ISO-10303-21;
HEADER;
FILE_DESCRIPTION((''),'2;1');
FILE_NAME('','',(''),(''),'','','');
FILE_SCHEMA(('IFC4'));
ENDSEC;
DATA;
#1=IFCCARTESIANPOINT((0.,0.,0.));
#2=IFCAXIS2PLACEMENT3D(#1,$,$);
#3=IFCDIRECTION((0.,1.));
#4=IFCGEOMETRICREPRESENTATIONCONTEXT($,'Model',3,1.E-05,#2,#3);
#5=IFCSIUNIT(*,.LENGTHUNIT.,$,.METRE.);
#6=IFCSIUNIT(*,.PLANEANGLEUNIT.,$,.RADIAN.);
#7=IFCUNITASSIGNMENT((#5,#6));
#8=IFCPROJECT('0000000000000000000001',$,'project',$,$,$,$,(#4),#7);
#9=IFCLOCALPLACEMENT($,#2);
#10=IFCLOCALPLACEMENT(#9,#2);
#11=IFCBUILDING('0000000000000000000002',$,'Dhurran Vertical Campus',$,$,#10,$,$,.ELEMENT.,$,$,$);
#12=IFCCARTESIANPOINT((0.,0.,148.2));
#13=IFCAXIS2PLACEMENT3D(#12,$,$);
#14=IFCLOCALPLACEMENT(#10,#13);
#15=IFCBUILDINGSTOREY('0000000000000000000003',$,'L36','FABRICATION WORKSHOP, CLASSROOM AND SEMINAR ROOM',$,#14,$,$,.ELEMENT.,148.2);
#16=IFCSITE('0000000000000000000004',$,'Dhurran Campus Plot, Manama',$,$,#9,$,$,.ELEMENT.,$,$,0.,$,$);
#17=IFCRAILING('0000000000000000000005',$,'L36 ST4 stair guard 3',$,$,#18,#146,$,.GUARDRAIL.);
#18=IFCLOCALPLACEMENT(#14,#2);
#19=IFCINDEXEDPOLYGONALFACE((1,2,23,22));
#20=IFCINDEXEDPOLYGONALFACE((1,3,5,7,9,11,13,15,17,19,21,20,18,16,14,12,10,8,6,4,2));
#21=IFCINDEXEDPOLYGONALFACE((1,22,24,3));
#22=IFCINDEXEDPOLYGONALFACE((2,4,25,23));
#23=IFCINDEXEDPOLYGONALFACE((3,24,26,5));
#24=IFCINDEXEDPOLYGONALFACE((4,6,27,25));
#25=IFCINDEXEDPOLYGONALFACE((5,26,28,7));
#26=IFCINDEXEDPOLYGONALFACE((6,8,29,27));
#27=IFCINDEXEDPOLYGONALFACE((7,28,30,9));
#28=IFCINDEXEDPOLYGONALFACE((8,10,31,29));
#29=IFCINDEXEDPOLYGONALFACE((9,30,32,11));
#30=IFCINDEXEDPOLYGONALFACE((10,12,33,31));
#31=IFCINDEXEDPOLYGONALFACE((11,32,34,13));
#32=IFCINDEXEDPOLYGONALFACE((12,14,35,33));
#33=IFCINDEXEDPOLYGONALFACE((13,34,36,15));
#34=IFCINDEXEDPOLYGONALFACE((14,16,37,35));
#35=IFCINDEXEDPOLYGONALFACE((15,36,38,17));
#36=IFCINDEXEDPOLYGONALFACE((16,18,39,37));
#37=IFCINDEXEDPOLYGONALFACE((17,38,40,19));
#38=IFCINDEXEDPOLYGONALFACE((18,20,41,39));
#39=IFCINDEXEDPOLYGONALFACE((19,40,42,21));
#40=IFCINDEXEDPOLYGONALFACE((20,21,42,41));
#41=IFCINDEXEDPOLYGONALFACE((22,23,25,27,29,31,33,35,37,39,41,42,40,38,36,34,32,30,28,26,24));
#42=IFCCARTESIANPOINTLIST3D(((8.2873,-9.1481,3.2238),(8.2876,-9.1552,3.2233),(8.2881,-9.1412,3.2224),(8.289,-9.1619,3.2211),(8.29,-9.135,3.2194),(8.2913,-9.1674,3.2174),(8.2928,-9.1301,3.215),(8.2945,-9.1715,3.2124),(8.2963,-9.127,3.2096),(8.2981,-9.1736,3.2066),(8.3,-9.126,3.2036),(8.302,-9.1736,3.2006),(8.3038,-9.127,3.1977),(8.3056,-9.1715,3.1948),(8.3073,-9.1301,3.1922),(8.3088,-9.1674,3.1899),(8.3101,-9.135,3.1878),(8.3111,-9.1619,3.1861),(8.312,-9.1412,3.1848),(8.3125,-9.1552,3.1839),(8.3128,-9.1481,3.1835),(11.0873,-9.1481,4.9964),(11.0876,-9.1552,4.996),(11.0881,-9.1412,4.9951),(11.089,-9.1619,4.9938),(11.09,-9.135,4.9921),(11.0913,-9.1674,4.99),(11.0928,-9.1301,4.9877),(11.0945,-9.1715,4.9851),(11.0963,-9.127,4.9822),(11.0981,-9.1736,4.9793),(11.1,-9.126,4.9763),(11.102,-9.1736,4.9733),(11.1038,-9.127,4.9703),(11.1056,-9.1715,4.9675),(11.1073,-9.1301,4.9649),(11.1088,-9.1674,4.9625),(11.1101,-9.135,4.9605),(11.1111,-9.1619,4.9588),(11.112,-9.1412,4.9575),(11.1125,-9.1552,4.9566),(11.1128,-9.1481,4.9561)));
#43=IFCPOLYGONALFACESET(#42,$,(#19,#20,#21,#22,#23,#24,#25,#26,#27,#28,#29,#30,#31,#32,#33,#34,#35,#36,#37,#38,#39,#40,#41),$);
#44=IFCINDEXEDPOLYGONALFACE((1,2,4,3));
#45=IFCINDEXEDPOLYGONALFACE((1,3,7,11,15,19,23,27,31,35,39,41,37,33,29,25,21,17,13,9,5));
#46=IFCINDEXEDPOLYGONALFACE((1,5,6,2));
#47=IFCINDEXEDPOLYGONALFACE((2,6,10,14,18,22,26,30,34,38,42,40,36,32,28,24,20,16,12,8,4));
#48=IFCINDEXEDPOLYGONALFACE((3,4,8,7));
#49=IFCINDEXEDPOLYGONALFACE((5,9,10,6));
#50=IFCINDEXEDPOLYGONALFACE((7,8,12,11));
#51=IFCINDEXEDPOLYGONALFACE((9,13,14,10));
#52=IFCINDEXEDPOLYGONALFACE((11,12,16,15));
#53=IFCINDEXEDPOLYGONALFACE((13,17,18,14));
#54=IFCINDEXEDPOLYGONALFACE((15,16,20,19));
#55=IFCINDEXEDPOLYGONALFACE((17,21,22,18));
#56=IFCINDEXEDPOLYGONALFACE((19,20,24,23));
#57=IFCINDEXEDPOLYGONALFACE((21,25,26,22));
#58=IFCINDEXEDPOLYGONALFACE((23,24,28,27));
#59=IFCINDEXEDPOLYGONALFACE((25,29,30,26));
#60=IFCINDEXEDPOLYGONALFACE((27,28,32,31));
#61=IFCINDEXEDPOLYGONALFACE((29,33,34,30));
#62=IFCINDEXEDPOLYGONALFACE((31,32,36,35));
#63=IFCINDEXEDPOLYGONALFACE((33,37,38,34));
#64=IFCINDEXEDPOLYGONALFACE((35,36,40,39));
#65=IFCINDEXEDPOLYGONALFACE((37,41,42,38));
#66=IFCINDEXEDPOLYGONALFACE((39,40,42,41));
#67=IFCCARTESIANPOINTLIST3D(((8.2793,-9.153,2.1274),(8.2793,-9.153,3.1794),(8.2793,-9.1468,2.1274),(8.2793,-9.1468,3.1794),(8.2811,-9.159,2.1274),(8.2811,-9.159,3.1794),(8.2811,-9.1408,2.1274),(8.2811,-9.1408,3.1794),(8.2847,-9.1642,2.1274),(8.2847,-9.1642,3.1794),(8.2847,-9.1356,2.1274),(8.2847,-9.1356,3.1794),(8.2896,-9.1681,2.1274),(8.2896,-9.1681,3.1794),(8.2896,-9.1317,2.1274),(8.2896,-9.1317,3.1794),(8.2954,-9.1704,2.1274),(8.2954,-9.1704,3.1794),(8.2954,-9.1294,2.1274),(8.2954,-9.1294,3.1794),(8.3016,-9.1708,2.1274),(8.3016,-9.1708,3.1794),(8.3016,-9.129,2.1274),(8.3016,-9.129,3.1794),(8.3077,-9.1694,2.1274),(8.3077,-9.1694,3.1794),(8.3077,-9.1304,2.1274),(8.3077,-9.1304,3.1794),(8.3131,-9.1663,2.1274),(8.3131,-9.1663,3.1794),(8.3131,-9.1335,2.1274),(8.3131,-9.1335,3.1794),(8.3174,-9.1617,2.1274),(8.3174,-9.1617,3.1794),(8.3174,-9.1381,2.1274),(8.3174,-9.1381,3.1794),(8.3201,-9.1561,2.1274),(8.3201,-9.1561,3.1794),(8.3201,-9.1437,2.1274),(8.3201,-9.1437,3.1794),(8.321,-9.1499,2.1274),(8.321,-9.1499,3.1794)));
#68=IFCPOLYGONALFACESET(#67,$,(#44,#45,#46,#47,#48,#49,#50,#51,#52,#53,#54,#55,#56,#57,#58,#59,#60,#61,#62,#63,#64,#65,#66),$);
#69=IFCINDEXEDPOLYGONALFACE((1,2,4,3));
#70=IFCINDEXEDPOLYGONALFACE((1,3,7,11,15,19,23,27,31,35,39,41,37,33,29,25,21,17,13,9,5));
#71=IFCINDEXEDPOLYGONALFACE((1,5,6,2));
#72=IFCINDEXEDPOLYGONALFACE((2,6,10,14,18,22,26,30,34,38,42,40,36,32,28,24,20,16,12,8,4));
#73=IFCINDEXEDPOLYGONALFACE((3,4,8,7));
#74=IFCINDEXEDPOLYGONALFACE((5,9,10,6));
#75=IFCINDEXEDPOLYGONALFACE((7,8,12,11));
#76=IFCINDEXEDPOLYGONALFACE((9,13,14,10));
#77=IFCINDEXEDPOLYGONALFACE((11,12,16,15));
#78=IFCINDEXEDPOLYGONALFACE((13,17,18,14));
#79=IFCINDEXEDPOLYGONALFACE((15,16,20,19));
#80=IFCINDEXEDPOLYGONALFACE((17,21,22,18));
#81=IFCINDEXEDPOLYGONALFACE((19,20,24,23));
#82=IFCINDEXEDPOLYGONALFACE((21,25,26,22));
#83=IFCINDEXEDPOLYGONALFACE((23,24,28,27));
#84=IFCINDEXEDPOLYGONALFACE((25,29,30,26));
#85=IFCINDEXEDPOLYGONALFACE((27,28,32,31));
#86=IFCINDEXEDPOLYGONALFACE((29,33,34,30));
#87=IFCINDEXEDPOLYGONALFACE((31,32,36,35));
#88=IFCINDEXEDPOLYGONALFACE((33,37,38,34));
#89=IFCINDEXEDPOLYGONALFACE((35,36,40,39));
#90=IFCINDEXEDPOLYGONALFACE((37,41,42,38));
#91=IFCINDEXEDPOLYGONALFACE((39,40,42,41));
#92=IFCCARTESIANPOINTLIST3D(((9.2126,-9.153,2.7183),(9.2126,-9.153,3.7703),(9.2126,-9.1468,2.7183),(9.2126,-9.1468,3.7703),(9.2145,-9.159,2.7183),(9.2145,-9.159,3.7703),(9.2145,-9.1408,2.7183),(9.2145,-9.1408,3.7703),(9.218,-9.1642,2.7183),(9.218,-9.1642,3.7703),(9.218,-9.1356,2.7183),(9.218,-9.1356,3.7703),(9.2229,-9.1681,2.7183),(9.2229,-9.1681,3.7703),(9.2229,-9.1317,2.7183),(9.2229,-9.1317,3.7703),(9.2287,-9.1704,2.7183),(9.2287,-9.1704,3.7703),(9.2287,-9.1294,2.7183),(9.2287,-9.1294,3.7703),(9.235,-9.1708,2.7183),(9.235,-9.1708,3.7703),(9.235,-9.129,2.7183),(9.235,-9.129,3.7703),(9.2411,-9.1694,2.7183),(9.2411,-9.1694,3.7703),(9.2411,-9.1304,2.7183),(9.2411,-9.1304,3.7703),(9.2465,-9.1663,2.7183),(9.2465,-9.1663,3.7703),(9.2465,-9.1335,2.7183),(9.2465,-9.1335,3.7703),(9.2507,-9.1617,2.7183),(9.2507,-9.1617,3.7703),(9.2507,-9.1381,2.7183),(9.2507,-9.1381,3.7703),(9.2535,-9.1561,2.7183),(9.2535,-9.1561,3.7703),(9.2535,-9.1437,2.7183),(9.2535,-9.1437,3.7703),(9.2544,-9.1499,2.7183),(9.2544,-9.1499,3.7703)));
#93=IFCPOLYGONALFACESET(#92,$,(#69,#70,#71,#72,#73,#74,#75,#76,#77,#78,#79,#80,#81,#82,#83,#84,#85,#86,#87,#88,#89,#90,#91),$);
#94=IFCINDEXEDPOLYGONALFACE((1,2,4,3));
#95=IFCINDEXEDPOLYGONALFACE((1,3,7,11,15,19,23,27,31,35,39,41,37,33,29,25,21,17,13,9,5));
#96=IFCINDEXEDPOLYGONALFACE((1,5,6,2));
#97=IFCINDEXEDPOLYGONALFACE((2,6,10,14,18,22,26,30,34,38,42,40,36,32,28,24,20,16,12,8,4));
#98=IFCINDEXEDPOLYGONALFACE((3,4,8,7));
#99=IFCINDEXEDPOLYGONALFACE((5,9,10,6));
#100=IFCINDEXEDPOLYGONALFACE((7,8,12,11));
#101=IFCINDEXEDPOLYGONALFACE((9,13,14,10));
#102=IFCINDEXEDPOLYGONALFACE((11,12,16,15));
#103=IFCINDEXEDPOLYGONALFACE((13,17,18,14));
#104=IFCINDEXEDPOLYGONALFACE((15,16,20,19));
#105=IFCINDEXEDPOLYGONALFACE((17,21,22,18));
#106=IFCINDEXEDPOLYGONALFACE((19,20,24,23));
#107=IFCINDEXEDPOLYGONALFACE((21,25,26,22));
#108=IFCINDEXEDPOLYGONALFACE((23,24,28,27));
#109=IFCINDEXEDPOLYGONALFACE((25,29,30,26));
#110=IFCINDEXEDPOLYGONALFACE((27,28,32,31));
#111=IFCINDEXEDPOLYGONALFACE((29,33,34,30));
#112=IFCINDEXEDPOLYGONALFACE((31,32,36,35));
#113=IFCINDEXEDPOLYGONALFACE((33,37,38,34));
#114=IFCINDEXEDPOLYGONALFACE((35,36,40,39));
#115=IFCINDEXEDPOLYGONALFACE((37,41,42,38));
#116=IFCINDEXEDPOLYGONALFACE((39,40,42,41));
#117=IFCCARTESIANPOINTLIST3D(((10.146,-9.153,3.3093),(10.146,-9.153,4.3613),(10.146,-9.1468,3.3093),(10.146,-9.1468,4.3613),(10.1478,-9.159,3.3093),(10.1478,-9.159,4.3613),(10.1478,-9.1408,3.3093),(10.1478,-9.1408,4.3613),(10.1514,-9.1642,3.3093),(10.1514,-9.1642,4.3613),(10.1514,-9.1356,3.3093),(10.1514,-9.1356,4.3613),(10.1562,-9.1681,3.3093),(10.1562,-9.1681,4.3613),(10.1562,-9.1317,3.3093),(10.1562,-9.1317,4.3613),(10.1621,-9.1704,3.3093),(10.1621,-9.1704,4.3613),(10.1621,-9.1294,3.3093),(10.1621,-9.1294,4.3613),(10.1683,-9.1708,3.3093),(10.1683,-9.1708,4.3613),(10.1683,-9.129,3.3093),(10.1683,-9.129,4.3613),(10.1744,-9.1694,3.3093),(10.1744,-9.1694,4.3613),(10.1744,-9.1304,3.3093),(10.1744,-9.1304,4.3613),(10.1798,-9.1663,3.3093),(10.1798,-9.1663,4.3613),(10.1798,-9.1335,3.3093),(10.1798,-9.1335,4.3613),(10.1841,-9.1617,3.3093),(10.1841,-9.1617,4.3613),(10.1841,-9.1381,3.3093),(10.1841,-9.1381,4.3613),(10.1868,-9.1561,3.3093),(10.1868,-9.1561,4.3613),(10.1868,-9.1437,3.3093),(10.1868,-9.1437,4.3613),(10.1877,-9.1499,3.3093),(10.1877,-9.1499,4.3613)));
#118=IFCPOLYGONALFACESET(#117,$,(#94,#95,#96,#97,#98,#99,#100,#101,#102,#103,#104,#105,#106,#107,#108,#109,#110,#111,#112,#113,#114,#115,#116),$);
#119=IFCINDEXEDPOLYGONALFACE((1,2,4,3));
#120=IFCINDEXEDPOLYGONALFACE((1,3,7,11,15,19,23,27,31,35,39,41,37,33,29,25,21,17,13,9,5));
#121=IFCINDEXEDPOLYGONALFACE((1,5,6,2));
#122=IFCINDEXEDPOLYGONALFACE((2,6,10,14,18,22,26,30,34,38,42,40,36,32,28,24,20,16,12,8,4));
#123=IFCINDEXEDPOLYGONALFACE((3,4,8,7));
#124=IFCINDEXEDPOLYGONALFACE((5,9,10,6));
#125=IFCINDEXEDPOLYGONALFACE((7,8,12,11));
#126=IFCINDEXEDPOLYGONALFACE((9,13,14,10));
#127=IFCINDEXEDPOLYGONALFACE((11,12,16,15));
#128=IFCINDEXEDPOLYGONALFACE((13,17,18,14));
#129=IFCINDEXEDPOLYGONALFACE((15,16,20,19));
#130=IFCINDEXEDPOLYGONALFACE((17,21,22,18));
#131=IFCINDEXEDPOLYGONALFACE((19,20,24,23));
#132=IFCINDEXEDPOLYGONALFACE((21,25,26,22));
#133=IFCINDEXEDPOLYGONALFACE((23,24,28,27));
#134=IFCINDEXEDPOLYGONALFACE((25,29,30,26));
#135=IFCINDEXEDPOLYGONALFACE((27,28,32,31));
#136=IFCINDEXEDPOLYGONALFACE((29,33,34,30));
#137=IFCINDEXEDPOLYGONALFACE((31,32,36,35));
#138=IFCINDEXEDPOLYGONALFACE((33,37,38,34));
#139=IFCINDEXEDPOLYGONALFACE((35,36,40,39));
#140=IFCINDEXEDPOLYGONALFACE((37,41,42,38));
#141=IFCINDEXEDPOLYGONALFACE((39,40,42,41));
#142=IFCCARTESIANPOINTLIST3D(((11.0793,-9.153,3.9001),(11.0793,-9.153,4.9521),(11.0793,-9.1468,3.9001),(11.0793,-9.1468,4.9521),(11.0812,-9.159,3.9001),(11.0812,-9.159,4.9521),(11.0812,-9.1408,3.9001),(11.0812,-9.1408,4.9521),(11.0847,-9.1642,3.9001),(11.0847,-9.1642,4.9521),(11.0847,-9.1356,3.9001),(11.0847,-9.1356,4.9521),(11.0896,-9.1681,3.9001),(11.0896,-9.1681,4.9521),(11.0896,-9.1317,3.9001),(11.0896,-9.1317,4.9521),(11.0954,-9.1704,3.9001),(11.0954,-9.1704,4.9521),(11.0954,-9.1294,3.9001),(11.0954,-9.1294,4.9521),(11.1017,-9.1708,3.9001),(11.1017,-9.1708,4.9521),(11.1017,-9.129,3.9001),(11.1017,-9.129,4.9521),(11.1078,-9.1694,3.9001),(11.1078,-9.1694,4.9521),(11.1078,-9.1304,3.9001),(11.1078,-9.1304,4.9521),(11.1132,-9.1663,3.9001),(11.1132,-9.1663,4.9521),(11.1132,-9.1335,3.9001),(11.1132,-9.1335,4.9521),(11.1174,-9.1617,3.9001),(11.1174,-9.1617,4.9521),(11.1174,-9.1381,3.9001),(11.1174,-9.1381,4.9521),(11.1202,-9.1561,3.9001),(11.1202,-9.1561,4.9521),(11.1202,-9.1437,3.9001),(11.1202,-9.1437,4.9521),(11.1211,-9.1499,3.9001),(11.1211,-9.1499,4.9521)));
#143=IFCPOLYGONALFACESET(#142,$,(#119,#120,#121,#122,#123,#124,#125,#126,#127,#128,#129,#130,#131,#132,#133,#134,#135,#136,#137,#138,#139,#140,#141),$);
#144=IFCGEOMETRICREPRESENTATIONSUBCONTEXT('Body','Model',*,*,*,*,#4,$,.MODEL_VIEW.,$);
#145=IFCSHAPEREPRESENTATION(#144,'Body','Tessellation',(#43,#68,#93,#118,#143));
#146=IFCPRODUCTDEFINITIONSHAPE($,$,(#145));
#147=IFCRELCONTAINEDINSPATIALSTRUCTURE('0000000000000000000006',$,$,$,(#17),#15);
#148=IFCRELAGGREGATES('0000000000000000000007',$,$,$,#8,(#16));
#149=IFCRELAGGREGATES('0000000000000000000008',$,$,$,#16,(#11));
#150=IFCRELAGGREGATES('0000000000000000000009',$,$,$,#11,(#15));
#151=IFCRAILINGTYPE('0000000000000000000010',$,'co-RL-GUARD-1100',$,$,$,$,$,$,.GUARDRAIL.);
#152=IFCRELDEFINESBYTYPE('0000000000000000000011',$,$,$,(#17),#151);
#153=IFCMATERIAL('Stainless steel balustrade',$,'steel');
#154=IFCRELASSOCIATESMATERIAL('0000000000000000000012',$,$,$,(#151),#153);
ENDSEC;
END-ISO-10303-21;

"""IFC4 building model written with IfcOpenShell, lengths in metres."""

from ifc_helpers import new_model, si_unit, direction, frame, origin, origin_2d, place, context, subcontext, project, spatial, circle, extrude, material, type_object, element, save


model = new_model("IFC4")

# Units and contexts
model_context = context("Model", 3, precision=1e-05, world=origin(), true_north=direction((0.0, 1.0)))
body_context = subcontext(model_context, "Body", "Model", "MODEL_VIEW")
ifc_project = project(units=[si_unit("LENGTHUNIT", "METRE"), si_unit("PLANEANGLEUNIT", "RADIAN")], contexts=[model_context])

# Site, building, storey
site_placement = place(None, origin())
site = spatial("IfcSite", under=ifc_project, at=site_placement, Name="Dhurran Campus Plot, Manama", CompositionType="ELEMENT", RefElevation=0.0)
building_placement = place(site_placement, origin())
building = spatial("IfcBuilding", under=site, at=building_placement, Name="Dhurran Vertical Campus", CompositionType="ELEMENT")
storey_placement = place(building_placement, frame((0.0, 0.0, 148.2)))
storey = spatial("IfcBuildingStorey", under=building, at=storey_placement, Name="L36", Description="FABRICATION WORKSHOP, CLASSROOM AND SEMINAR ROOM", CompositionType="ELEMENT", Elevation=148.2)

# Railing
ifc_material_1 = material(Name="Stainless steel balustrade", Category="steel")
railing_type_1 = type_object("IfcRailingType", Name="co-RL-GUARD-1100", PredefinedType="GUARDRAIL", material=ifc_material_1)
railing_1_placement = place(storey_placement, frame((8.3, -9.1499, 2.1274)))
element("IfcRailing", 1, at=railing_1_placement, inside=storey, type_object=railing_type_1, Name="L36 ST4 stair guard 3", PredefinedType="GUARDRAIL", context=body_context, shape_type="SweptSolid", body=[
    extrude(circle(Radius=0.0239, at=origin_2d()), frame((0.0, 0.0, 1.0762), z_axis=(0.844909, 0.0, 0.53491), x_axis=(0.0, 1.0, 0.0)), (0.0, 0.0, 1.0), 3.314),
    extrude(circle(Radius=0.021, at=origin_2d()), origin(), (0.0, 0.0, 1.0), 1.052),
    extrude(circle(Radius=0.021, at=origin_2d()), frame((0.9333, 0.0, 0.5908)), (0.0, 0.0, 1.0), 1.052),
    extrude(circle(Radius=0.021, at=origin_2d()), frame((1.8667, 0.0, 1.1819)), (0.0, 0.0, 1.0), 1.052),
    extrude(circle(Radius=0.021, at=origin_2d()), frame((2.8, 0.0, 1.7727)), (0.0, 0.0, 1.0), 1.052),
])

save(model, "model.ifc")
